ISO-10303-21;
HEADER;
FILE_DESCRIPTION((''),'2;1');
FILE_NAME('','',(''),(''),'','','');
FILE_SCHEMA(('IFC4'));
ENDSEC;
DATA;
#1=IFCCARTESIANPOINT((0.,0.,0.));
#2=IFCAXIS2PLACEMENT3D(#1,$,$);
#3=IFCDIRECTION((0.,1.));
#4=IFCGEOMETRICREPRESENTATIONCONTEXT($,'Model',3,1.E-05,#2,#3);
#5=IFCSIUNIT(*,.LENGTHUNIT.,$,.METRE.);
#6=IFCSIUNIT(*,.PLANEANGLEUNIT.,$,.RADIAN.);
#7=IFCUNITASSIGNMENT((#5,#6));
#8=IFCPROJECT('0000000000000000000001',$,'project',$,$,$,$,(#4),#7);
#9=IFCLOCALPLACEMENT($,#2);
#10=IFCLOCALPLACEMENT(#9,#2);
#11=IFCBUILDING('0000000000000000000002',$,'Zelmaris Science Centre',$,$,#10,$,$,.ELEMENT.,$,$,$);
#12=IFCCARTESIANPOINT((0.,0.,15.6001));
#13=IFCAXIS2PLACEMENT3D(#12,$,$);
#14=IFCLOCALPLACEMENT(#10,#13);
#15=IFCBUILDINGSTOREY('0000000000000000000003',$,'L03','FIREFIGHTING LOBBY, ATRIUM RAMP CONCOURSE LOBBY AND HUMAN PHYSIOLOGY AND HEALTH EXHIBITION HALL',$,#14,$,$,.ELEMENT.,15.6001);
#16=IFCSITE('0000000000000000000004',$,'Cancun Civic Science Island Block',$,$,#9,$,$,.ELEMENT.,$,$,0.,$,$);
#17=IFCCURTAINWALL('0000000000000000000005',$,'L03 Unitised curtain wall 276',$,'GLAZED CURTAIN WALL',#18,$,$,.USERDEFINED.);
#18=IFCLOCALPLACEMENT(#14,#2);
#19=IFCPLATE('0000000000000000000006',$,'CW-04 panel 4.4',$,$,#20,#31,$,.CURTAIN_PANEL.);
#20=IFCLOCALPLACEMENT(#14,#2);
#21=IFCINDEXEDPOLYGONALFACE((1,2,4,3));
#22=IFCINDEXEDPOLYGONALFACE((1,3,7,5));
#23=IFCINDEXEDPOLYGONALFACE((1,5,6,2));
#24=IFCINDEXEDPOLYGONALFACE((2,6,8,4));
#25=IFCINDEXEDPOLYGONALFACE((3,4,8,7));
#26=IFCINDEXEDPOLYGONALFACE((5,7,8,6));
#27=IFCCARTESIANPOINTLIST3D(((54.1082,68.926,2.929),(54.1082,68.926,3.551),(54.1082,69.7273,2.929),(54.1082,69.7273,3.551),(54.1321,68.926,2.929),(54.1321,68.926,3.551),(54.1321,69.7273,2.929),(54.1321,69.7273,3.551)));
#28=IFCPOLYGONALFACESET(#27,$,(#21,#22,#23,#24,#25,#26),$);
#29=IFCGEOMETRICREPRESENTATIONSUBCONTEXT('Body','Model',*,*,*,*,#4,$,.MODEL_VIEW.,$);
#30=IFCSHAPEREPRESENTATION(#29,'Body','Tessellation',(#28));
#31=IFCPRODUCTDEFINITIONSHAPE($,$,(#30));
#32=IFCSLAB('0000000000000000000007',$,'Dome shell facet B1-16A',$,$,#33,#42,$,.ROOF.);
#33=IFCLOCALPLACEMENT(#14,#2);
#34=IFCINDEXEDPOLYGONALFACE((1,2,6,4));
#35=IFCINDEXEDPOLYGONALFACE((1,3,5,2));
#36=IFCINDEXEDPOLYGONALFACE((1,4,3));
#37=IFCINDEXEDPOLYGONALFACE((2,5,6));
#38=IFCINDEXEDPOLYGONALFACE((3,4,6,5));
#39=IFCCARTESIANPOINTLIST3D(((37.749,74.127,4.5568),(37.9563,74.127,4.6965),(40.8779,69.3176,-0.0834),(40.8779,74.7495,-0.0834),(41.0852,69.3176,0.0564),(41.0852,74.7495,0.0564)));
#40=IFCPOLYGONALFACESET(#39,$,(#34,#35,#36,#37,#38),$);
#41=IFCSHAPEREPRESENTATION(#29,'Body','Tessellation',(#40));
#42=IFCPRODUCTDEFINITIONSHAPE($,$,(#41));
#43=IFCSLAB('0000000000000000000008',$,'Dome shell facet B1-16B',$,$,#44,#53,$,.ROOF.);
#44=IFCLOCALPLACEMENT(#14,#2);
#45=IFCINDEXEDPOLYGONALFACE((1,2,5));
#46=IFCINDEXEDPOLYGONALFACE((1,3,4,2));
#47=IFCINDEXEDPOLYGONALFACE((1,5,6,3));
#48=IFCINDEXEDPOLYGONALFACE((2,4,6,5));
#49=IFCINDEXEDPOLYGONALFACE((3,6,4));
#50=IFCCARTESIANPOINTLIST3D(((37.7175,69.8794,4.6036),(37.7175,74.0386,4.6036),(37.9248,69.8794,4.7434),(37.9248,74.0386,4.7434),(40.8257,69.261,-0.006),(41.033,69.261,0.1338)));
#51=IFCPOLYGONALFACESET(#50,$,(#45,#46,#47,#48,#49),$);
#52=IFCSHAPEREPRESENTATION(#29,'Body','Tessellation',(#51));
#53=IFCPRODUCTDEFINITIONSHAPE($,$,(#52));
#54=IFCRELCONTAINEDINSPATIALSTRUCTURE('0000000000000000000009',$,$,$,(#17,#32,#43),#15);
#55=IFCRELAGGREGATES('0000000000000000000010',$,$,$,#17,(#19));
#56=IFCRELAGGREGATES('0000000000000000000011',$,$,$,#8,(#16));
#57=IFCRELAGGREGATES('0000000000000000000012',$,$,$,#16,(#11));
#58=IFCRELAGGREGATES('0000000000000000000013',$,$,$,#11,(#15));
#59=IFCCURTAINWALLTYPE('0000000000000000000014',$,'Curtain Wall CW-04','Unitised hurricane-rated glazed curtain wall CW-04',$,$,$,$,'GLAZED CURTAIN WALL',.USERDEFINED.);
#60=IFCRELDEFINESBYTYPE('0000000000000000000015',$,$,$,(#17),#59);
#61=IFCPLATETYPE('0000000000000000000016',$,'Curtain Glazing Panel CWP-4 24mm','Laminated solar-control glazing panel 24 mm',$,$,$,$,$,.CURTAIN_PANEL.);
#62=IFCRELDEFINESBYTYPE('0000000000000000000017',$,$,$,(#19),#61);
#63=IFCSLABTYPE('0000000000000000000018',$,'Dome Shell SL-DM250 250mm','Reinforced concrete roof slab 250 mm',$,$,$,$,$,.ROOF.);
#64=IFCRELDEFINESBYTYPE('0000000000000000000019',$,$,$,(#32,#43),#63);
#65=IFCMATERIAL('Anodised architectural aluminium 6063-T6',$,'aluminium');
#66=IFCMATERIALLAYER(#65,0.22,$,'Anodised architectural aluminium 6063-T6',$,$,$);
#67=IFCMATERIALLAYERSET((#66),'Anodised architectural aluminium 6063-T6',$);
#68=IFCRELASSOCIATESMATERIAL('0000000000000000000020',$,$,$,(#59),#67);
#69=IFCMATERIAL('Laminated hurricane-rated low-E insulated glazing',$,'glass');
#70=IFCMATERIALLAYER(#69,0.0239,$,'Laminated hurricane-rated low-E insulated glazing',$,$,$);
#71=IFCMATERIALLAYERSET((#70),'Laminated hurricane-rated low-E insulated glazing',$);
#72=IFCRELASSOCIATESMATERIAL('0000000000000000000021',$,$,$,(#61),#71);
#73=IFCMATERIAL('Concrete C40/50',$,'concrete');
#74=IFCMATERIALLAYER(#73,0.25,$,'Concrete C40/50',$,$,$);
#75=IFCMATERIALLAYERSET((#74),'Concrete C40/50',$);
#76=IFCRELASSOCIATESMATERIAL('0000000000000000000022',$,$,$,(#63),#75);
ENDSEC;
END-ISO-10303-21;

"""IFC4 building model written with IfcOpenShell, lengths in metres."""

from ifc_helpers import new_model, si_unit, direction, frame, origin, origin_2d, place, context, subcontext, project, spatial, polyline, rectangle, outline, extrude, material, layer, layer_set, type_object, element, aggregate, save


model = new_model("IFC4")

# Units and contexts
model_context = context("Model", 3, precision=1e-05, world=origin(), true_north=direction((0.0, 1.0)))
body_context = subcontext(model_context, "Body", "Model", "MODEL_VIEW")
ifc_project = project(units=[si_unit("LENGTHUNIT", "METRE"), si_unit("PLANEANGLEUNIT", "RADIAN")], contexts=[model_context])

# Site, building, storey
site_placement = place(None, origin())
site = spatial("IfcSite", under=ifc_project, at=site_placement, Name="Cancun Civic Science Island Block", CompositionType="ELEMENT", RefElevation=0.0)
building_placement = place(site_placement, origin())
building = spatial("IfcBuilding", under=site, at=building_placement, Name="Zelmaris Science Centre", CompositionType="ELEMENT")
storey_placement = place(building_placement, frame((0.0, 0.0, 15.6001)))
storey = spatial("IfcBuildingStorey", under=building, at=storey_placement, Name="L03", Description="FIREFIGHTING LOBBY, ATRIUM RAMP CONCOURSE LOBBY AND HUMAN PHYSIOLOGY AND HEALTH EXHIBITION HALL", CompositionType="ELEMENT", Elevation=15.6001)

# Curtain wall
ifc_material_1 = material(Name="Anodised architectural aluminium 6063-T6", Category="aluminium")
ifc_layer_1 = layer(ifc_material_1, 0.22, Name="Anodised architectural aluminium 6063-T6")
ifc_layer_set_1 = layer_set([ifc_layer_1], Name="Anodised architectural aluminium 6063-T6")
curtain_wall_type = type_object("IfcCurtainWallType", Name="Curtain Wall CW-04", Description="Unitised hurricane-rated glazed curtain wall CW-04", ElementType="GLAZED CURTAIN WALL", PredefinedType="USERDEFINED", material=ifc_layer_set_1)
curtain_wall_placement = place(storey_placement, origin())
curtain_wall = element("IfcCurtainWall", 1, at=curtain_wall_placement, inside=storey, type_object=curtain_wall_type, Name="L03 Unitised curtain wall 276", ObjectType="GLAZED CURTAIN WALL", PredefinedType="USERDEFINED")

# Shared definitions
ifc_material_2 = material(Name="Concrete C40/50", Category="concrete")

# Plate
ifc_material_3 = material(Name="Laminated hurricane-rated low-E insulated glazing", Category="glass")
ifc_layer_2 = layer(ifc_material_3, 0.0239, Name="Laminated hurricane-rated low-E insulated glazing")
ifc_layer_set_2 = layer_set([ifc_layer_2], Name="Laminated hurricane-rated low-E insulated glazing")
plate_type = type_object("IfcPlateType", Name="Curtain Glazing Panel CWP-4 24mm", Description="Laminated solar-control glazing panel 24 mm", PredefinedType="CURTAIN_PANEL", material=ifc_layer_set_2)
plate_1_placement = place(storey_placement, frame((54.1201, 69.3267, 2.929), z_axis=(0.0, 0.0, 1.0), x_axis=(0.0, 1.0, 0.0)))
plate_1 = element("IfcPlate", 2, at=plate_1_placement, type_object=plate_type, Name="CW-04 panel 4.4", PredefinedType="CURTAIN_PANEL", context=body_context, shape_type="SweptSolid", body=[
    extrude(rectangle(XDim=0.8013, YDim=0.0239, at=origin_2d()), origin(), (0.0, 0.0, 1.0), 0.6221),
])
aggregate(curtain_wall, [plate_1])

# Slabs
ifc_layer_3 = layer(ifc_material_2, 0.25, Name="Concrete C40/50")
ifc_layer_set_3 = layer_set([ifc_layer_3], Name="Concrete C40/50")
slab_type = type_object("IfcSlabType", Name="Dome Shell SL-DM250 250mm", Description="Reinforced concrete roof slab 250 mm", PredefinedType="ROOF", material=ifc_layer_set_3)
slab_1_placement = place(storey_placement, frame((41.0852, 69.3176, 0.0564), z_axis=(0.829113, 0.0, 0.559082), x_axis=(0.0, 1.0, 0.0)))
element("IfcSlab", 3, at=slab_1_placement, inside=storey, type_object=slab_type, Name="Dome shell facet B1-16A", PredefinedType="ROOF", context=body_context, shape_type="SweptSolid", body=[
    extrude(outline(polyline([(0.0, 0.0), (5.4319, 0.0), (4.8093, 5.5965), (0.0, 0.0)])), origin(), (0.0, 0.0, -1.0), 0.25),
])
slab_2_placement = place(storey_placement, frame((41.033, 69.261, 0.1338), z_axis=(0.829127, 0.0, 0.55906), x_axis=(-0.42401, 0.651751, 0.628837)))
element("IfcSlab", 4, at=slab_2_placement, inside=storey, type_object=slab_type, Name="Dome shell facet B1-16B", PredefinedType="ROOF", context=body_context, shape_type="SweptSolid", body=[
    extrude(outline(polyline([(0.0, 0.0), (7.3304, 0.0), (4.6196, 3.1545), (0.0, 0.0)])), origin(), (0.0, 0.0, -1.0), 0.25),
])

save(model, "model.ifc")
